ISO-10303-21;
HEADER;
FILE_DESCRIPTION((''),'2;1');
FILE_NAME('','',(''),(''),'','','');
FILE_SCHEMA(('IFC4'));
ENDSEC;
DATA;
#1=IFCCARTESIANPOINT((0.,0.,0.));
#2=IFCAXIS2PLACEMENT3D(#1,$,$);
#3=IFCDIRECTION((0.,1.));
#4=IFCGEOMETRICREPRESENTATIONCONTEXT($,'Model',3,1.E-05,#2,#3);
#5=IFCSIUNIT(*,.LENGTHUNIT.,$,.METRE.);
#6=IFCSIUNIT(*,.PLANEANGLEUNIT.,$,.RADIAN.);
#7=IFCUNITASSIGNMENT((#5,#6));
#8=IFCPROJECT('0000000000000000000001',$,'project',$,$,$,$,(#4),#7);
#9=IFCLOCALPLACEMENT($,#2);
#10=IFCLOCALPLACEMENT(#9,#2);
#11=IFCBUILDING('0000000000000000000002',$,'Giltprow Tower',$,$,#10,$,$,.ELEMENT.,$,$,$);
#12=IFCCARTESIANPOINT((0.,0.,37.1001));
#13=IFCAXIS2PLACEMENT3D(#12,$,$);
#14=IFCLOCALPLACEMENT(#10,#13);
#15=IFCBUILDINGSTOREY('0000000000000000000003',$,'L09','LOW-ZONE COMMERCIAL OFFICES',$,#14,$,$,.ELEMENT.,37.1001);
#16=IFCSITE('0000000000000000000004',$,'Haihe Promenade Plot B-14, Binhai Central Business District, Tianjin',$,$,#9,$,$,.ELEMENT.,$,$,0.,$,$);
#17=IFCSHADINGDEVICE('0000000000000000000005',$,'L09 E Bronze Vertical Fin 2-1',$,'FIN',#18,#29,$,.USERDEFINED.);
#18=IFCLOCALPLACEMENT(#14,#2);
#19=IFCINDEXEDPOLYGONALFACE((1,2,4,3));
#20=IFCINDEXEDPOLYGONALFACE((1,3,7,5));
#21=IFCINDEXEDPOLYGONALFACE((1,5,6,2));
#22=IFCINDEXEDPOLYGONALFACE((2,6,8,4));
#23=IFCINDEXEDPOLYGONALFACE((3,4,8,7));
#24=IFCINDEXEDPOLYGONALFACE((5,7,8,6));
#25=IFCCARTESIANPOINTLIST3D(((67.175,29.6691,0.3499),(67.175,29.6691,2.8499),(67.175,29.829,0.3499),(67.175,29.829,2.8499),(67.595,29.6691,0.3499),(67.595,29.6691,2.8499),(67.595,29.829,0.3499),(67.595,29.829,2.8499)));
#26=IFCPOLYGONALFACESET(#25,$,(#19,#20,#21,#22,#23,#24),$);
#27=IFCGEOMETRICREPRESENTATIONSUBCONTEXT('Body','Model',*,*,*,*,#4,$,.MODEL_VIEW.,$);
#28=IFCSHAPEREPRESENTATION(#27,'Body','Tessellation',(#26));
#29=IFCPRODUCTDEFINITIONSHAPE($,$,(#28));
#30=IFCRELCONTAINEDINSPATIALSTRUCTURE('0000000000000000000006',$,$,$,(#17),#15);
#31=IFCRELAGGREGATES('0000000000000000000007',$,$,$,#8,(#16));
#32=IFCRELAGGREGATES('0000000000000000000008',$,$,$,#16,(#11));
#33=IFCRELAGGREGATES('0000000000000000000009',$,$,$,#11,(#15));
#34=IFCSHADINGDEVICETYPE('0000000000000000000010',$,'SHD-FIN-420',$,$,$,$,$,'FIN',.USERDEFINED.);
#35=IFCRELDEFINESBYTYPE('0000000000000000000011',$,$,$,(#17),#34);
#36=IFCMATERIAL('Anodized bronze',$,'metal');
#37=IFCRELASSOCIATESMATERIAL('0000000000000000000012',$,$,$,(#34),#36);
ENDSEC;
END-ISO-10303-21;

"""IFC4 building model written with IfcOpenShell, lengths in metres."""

from ifc_helpers import new_model, si_unit, direction, frame, origin, origin_2d, place, context, subcontext, project, spatial, rectangle, extrude, source, transform, mapped, material, type_object, element, save


model = new_model("IFC4")

# Units and contexts
model_context = context("Model", 3, precision=1e-05, world=origin(), true_north=direction((0.0, 1.0)))
body_context = subcontext(model_context, "Body", "Model", "MODEL_VIEW")
ifc_project = project(units=[si_unit("LENGTHUNIT", "METRE"), si_unit("PLANEANGLEUNIT", "RADIAN")], contexts=[model_context])

# Site, building, storey
site_placement = place(None, origin())
site = spatial("IfcSite", under=ifc_project, at=site_placement, Name="Haihe Promenade Plot B-14, Binhai Central Business District, Tianjin", CompositionType="ELEMENT", RefElevation=0.0)
building_placement = place(site_placement, origin())
building = spatial("IfcBuilding", under=site, at=building_placement, Name="Giltprow Tower", CompositionType="ELEMENT")
storey_placement = place(building_placement, frame((0.0, 0.0, 37.1001)))
storey = spatial("IfcBuildingStorey", under=building, at=storey_placement, Name="L09", Description="LOW-ZONE COMMERCIAL OFFICES", CompositionType="ELEMENT", Elevation=37.1001)

# Shared definitions
ifc_material_1 = material(Name="Anodized bronze", Category="metal")

# Shading device
shading_device_type = type_object("IfcShadingDeviceType", Name="SHD-FIN-420", ElementType="FIN", PredefinedType="USERDEFINED", material=ifc_material_1)
shared_shape_1 = source(origin(), body_context, "Body", "SweptSolid", [
    extrude(rectangle(XDim=0.4199, YDim=0.1599, at=origin_2d()), origin(), (0.0, 0.0, 1.0), 2.5),
])
shading_device_placement = place(storey_placement, frame((67.385, 29.749, 0.3499), z_axis=(0.0, 0.0, 1.0), x_axis=(1.0, 0.0, 0.0)))
element("IfcShadingDevice", 1, at=shading_device_placement, inside=storey, type_object=shading_device_type, Name="L09 E Bronze Vertical Fin 2-1", ObjectType="FIN", PredefinedType="USERDEFINED", context=body_context, shape_type="MappedRepresentation", body=[
    mapped(shared_shape_1, transform((0.0, 0.0, 0.0), x_axis=(1.0, 0.0, 0.0), y_axis=(0.0, 1.0, 0.0), z_axis=(0.0, 0.0, 1.0), scale=1.0)),
])

save(model, "model.ifc")
